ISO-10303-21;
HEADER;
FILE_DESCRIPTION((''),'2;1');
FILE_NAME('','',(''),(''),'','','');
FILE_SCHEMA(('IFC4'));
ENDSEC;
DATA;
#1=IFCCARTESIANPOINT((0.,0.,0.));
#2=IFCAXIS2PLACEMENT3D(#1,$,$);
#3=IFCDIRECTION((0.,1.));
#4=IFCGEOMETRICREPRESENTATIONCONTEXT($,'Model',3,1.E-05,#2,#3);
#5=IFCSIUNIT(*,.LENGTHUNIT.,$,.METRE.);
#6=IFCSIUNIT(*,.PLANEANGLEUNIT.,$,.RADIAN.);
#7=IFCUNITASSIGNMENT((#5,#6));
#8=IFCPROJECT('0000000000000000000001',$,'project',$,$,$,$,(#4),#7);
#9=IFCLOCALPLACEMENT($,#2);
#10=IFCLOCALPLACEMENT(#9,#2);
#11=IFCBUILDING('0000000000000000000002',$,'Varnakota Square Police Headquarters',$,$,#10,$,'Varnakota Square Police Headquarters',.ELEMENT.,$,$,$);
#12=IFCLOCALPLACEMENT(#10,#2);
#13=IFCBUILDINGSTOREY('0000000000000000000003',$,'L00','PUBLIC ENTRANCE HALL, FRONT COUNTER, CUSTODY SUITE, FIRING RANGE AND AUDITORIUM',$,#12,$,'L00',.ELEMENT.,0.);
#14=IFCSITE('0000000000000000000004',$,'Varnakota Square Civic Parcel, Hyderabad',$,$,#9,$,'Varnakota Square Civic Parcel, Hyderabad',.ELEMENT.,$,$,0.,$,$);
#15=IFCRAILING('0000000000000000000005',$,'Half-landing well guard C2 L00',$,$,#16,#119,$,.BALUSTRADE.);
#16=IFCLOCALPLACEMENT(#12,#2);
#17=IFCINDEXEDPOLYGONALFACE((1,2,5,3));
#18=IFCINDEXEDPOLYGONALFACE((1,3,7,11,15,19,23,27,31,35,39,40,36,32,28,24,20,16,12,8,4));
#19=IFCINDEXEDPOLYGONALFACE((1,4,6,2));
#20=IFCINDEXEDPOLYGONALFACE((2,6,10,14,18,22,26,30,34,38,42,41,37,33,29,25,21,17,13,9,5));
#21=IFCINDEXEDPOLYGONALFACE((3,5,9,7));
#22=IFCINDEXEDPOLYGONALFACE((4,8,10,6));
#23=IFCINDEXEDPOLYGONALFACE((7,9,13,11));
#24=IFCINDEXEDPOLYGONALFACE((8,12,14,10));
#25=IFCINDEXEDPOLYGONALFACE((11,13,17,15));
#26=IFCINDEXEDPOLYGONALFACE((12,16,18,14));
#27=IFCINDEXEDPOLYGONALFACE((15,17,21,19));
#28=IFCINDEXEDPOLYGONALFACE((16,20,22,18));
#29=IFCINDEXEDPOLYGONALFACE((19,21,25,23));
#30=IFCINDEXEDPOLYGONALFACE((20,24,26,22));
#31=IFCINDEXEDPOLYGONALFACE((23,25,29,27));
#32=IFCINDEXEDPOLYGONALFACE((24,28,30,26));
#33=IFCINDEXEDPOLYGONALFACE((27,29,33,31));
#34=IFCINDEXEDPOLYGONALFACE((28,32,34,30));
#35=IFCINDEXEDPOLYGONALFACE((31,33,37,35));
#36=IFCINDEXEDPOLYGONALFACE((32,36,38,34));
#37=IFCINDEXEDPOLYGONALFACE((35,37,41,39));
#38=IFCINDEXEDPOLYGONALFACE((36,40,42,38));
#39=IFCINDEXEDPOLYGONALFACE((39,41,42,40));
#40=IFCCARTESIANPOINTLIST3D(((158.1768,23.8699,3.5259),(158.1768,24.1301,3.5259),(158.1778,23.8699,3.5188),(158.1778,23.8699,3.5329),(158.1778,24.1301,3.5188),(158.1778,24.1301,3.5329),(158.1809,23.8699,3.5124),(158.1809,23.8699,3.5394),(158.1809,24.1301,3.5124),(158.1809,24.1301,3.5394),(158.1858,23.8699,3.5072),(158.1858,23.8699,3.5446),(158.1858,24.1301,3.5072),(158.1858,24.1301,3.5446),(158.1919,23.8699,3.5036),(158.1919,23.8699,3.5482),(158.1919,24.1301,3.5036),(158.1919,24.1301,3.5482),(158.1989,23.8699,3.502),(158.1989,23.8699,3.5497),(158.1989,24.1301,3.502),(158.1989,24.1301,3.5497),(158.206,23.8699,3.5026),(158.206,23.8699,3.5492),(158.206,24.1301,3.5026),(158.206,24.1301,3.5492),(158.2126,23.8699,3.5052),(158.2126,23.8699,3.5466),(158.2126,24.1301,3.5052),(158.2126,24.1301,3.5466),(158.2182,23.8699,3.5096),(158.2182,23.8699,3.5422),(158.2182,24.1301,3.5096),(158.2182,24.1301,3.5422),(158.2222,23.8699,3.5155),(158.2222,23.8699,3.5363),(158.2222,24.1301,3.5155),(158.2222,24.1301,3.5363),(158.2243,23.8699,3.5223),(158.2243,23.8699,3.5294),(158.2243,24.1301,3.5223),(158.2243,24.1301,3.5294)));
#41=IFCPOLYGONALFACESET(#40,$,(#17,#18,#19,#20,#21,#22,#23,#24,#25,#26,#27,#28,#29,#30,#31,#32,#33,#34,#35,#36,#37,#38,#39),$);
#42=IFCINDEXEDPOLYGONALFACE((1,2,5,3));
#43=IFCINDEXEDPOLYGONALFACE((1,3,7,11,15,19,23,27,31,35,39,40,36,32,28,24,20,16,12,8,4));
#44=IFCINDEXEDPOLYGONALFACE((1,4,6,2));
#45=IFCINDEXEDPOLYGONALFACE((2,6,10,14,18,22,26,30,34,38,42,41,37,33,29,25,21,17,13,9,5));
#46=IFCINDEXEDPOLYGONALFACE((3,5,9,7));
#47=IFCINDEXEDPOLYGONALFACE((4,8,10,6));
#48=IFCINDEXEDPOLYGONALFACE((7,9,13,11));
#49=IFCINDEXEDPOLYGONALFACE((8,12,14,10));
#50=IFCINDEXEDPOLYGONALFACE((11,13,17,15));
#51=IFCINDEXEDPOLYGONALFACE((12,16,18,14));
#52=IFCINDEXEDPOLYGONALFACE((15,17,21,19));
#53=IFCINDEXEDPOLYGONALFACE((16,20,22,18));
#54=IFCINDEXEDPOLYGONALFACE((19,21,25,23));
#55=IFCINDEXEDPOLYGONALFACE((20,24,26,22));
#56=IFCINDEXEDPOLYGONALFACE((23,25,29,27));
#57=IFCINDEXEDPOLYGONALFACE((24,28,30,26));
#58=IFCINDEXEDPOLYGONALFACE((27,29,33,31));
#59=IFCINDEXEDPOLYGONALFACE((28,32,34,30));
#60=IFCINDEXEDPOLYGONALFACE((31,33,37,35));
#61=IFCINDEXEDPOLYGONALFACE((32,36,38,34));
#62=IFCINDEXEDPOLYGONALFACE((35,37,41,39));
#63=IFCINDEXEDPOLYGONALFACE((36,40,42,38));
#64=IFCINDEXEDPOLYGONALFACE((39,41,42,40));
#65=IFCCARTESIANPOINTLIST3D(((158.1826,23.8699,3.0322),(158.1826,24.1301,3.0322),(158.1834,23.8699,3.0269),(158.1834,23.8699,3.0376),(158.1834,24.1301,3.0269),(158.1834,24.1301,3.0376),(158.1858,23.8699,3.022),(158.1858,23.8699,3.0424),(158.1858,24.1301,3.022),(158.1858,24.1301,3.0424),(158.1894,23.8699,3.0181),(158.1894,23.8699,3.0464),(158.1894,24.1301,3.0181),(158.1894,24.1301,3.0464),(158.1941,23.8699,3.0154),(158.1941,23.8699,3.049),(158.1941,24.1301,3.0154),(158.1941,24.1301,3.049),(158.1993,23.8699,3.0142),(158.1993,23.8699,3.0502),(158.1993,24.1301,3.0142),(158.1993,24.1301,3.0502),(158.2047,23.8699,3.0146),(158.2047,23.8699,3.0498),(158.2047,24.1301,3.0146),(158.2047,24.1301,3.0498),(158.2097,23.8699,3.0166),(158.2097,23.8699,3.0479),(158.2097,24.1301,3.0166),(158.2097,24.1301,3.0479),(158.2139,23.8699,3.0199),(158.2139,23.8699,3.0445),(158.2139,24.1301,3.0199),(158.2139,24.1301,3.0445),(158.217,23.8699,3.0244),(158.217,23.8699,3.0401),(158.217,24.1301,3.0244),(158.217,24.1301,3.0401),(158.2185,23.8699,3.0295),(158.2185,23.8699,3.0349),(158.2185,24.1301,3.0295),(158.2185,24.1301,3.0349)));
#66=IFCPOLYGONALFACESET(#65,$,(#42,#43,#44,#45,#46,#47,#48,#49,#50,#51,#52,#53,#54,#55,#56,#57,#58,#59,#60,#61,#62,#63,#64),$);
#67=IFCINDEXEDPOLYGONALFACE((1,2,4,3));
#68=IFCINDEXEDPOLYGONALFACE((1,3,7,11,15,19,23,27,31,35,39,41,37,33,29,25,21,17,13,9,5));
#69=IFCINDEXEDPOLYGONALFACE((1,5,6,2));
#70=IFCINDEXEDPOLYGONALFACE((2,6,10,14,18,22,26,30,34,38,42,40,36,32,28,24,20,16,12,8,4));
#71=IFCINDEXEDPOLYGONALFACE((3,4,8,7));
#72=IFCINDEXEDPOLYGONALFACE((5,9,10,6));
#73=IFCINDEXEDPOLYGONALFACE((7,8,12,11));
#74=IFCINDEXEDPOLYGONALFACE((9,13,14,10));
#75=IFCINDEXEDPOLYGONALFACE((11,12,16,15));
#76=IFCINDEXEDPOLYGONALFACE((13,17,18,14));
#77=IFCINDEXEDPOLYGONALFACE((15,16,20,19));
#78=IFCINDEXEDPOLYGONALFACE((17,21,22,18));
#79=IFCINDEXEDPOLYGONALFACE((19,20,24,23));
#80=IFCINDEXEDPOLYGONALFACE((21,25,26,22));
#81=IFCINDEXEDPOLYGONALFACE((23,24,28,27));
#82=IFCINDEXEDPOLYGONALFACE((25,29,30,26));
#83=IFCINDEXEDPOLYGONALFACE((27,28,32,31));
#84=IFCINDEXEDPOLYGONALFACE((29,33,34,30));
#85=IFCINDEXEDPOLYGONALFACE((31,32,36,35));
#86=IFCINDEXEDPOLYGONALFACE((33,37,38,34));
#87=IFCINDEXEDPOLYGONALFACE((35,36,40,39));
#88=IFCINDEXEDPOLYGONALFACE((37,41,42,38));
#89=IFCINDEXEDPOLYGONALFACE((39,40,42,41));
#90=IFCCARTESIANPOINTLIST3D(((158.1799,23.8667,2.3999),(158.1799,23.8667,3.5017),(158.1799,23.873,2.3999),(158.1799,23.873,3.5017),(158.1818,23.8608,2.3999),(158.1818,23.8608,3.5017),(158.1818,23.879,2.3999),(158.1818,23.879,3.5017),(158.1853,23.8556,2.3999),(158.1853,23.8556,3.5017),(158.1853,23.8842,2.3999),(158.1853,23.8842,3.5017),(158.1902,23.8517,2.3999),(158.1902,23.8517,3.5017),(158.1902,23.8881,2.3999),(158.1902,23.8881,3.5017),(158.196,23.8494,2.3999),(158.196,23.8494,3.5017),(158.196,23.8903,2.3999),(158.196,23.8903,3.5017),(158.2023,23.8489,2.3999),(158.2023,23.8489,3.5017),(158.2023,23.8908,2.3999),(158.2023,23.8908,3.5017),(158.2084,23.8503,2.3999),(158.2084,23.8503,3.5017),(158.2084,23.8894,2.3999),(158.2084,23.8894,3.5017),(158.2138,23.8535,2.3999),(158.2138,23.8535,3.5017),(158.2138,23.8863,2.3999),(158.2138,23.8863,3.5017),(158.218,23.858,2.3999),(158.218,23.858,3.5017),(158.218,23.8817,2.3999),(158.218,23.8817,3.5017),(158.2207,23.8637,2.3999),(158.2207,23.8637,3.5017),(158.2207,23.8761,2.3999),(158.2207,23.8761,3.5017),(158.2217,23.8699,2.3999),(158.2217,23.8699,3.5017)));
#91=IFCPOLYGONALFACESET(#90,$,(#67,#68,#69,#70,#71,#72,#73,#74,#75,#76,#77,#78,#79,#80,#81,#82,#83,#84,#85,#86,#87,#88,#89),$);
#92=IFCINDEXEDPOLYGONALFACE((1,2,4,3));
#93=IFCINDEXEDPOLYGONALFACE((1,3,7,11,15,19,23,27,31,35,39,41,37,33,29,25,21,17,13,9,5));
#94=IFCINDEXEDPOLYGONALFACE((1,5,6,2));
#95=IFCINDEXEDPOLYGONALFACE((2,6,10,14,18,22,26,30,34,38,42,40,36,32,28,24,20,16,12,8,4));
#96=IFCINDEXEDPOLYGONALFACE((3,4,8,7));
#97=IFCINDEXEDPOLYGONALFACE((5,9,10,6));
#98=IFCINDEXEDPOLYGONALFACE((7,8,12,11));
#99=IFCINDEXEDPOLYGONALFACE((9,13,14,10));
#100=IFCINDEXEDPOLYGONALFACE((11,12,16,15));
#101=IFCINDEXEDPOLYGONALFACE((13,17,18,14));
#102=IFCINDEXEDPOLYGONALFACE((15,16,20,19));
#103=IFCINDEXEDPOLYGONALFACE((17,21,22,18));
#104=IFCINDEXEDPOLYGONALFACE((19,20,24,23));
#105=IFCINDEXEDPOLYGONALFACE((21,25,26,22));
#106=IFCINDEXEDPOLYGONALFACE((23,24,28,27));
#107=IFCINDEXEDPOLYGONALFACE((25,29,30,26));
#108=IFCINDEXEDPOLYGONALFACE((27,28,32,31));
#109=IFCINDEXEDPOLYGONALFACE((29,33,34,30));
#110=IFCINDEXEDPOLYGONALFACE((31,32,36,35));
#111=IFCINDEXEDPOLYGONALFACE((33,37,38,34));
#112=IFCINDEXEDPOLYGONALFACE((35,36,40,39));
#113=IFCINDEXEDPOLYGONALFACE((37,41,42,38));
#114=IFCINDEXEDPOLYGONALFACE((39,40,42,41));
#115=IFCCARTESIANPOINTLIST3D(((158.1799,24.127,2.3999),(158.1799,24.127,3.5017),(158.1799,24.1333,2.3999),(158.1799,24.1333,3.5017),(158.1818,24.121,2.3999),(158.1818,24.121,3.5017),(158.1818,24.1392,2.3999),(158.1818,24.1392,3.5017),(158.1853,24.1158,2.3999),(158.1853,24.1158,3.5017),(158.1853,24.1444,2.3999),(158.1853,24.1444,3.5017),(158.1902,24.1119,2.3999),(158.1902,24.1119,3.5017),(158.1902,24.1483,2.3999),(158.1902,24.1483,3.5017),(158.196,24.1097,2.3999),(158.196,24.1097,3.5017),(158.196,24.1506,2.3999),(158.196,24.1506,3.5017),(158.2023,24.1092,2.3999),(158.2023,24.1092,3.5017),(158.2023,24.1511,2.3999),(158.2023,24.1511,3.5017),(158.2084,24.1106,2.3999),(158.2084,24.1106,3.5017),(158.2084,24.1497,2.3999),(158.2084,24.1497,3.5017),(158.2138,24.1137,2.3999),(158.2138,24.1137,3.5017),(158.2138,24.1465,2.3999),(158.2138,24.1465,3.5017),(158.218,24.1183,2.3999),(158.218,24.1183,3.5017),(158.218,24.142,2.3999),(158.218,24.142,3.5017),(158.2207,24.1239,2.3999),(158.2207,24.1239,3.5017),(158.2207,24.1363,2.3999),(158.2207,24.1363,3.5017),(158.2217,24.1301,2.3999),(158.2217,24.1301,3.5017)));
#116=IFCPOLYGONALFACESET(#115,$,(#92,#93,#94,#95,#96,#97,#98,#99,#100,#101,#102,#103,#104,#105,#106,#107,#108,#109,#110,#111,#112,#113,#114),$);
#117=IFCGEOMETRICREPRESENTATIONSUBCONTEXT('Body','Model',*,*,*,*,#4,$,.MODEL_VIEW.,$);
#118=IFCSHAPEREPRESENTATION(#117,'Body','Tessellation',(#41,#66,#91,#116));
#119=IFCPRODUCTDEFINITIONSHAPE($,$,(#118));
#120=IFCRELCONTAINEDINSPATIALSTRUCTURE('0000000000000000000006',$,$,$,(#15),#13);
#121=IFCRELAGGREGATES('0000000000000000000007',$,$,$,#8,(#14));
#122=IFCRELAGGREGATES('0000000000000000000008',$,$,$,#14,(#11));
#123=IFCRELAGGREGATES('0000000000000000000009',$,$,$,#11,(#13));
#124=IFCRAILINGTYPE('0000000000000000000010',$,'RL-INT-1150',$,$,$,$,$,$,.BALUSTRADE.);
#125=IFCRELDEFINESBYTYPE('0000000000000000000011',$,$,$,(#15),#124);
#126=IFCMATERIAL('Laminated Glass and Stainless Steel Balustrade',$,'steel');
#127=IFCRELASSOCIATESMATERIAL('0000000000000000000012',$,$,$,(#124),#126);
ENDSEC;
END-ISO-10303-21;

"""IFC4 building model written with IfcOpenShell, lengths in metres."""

from ifc_helpers import new_model, si_unit, direction, frame, origin, origin_2d, place, context, subcontext, project, spatial, circle, extrude, material, type_object, element, save


model = new_model("IFC4")

# Units and contexts
model_context = context("Model", 3, precision=1e-05, world=origin(), true_north=direction((0.0, 1.0)))
body_context = subcontext(model_context, "Body", "Model", "MODEL_VIEW")
ifc_project = project(units=[si_unit("LENGTHUNIT", "METRE"), si_unit("PLANEANGLEUNIT", "RADIAN")], contexts=[model_context])

# Site, building, storey
site_placement = place(None, origin())
site = spatial("IfcSite", under=ifc_project, at=site_placement, Name="Varnakota Square Civic Parcel, Hyderabad", LongName="Varnakota Square Civic Parcel, Hyderabad", CompositionType="ELEMENT", RefElevation=0.0)
building_placement = place(site_placement, origin())
building = spatial("IfcBuilding", under=site, at=building_placement, Name="Varnakota Square Police Headquarters", LongName="Varnakota Square Police Headquarters", CompositionType="ELEMENT")
storey_placement = place(building_placement, origin())
storey = spatial("IfcBuildingStorey", under=building, at=storey_placement, Name="L00", Description="PUBLIC ENTRANCE HALL, FRONT COUNTER, CUSTODY SUITE, FIRING RANGE AND AUDITORIUM", LongName="L00", CompositionType="ELEMENT", Elevation=0.0)

# Railing
ifc_material_1 = material(Name="Laminated Glass and Stainless Steel Balustrade", Category="steel")
railing_type_1 = type_object("IfcRailingType", Name="RL-INT-1150", PredefinedType="BALUSTRADE", material=ifc_material_1)
railing_1_placement = place(storey_placement, frame((158.2007, 23.8699, 2.3999)))
element("IfcRailing", 1, at=railing_1_placement, inside=storey, type_object=railing_type_1, Name="Half-landing well guard C2 L00", PredefinedType="BALUSTRADE", context=body_context, shape_type="SweptSolid", body=[
    extrude(circle(Radius=0.0239, at=origin_2d()), frame((0.0, 0.0, 1.126), z_axis=(0.0, 1.0, 0.0), x_axis=(-1.0, 0.0, 0.0)), (0.0, 0.0, 1.0), 0.2603),
    extrude(circle(Radius=0.0181, at=origin_2d()), frame((0.0, 0.0, 0.6323), z_axis=(0.0, 1.0, 0.0), x_axis=(-1.0, 0.0, 0.0)), (0.0, 0.0, 1.0), 0.2603),
    extrude(circle(Radius=0.021, at=origin_2d()), origin(), (0.0, 0.0, 1.0), 1.1018),
    extrude(circle(Radius=0.021, at=origin_2d()), frame((0.0, 0.2603, 0.0)), (0.0, 0.0, 1.0), 1.1018),
])

save(model, "model.ifc")
